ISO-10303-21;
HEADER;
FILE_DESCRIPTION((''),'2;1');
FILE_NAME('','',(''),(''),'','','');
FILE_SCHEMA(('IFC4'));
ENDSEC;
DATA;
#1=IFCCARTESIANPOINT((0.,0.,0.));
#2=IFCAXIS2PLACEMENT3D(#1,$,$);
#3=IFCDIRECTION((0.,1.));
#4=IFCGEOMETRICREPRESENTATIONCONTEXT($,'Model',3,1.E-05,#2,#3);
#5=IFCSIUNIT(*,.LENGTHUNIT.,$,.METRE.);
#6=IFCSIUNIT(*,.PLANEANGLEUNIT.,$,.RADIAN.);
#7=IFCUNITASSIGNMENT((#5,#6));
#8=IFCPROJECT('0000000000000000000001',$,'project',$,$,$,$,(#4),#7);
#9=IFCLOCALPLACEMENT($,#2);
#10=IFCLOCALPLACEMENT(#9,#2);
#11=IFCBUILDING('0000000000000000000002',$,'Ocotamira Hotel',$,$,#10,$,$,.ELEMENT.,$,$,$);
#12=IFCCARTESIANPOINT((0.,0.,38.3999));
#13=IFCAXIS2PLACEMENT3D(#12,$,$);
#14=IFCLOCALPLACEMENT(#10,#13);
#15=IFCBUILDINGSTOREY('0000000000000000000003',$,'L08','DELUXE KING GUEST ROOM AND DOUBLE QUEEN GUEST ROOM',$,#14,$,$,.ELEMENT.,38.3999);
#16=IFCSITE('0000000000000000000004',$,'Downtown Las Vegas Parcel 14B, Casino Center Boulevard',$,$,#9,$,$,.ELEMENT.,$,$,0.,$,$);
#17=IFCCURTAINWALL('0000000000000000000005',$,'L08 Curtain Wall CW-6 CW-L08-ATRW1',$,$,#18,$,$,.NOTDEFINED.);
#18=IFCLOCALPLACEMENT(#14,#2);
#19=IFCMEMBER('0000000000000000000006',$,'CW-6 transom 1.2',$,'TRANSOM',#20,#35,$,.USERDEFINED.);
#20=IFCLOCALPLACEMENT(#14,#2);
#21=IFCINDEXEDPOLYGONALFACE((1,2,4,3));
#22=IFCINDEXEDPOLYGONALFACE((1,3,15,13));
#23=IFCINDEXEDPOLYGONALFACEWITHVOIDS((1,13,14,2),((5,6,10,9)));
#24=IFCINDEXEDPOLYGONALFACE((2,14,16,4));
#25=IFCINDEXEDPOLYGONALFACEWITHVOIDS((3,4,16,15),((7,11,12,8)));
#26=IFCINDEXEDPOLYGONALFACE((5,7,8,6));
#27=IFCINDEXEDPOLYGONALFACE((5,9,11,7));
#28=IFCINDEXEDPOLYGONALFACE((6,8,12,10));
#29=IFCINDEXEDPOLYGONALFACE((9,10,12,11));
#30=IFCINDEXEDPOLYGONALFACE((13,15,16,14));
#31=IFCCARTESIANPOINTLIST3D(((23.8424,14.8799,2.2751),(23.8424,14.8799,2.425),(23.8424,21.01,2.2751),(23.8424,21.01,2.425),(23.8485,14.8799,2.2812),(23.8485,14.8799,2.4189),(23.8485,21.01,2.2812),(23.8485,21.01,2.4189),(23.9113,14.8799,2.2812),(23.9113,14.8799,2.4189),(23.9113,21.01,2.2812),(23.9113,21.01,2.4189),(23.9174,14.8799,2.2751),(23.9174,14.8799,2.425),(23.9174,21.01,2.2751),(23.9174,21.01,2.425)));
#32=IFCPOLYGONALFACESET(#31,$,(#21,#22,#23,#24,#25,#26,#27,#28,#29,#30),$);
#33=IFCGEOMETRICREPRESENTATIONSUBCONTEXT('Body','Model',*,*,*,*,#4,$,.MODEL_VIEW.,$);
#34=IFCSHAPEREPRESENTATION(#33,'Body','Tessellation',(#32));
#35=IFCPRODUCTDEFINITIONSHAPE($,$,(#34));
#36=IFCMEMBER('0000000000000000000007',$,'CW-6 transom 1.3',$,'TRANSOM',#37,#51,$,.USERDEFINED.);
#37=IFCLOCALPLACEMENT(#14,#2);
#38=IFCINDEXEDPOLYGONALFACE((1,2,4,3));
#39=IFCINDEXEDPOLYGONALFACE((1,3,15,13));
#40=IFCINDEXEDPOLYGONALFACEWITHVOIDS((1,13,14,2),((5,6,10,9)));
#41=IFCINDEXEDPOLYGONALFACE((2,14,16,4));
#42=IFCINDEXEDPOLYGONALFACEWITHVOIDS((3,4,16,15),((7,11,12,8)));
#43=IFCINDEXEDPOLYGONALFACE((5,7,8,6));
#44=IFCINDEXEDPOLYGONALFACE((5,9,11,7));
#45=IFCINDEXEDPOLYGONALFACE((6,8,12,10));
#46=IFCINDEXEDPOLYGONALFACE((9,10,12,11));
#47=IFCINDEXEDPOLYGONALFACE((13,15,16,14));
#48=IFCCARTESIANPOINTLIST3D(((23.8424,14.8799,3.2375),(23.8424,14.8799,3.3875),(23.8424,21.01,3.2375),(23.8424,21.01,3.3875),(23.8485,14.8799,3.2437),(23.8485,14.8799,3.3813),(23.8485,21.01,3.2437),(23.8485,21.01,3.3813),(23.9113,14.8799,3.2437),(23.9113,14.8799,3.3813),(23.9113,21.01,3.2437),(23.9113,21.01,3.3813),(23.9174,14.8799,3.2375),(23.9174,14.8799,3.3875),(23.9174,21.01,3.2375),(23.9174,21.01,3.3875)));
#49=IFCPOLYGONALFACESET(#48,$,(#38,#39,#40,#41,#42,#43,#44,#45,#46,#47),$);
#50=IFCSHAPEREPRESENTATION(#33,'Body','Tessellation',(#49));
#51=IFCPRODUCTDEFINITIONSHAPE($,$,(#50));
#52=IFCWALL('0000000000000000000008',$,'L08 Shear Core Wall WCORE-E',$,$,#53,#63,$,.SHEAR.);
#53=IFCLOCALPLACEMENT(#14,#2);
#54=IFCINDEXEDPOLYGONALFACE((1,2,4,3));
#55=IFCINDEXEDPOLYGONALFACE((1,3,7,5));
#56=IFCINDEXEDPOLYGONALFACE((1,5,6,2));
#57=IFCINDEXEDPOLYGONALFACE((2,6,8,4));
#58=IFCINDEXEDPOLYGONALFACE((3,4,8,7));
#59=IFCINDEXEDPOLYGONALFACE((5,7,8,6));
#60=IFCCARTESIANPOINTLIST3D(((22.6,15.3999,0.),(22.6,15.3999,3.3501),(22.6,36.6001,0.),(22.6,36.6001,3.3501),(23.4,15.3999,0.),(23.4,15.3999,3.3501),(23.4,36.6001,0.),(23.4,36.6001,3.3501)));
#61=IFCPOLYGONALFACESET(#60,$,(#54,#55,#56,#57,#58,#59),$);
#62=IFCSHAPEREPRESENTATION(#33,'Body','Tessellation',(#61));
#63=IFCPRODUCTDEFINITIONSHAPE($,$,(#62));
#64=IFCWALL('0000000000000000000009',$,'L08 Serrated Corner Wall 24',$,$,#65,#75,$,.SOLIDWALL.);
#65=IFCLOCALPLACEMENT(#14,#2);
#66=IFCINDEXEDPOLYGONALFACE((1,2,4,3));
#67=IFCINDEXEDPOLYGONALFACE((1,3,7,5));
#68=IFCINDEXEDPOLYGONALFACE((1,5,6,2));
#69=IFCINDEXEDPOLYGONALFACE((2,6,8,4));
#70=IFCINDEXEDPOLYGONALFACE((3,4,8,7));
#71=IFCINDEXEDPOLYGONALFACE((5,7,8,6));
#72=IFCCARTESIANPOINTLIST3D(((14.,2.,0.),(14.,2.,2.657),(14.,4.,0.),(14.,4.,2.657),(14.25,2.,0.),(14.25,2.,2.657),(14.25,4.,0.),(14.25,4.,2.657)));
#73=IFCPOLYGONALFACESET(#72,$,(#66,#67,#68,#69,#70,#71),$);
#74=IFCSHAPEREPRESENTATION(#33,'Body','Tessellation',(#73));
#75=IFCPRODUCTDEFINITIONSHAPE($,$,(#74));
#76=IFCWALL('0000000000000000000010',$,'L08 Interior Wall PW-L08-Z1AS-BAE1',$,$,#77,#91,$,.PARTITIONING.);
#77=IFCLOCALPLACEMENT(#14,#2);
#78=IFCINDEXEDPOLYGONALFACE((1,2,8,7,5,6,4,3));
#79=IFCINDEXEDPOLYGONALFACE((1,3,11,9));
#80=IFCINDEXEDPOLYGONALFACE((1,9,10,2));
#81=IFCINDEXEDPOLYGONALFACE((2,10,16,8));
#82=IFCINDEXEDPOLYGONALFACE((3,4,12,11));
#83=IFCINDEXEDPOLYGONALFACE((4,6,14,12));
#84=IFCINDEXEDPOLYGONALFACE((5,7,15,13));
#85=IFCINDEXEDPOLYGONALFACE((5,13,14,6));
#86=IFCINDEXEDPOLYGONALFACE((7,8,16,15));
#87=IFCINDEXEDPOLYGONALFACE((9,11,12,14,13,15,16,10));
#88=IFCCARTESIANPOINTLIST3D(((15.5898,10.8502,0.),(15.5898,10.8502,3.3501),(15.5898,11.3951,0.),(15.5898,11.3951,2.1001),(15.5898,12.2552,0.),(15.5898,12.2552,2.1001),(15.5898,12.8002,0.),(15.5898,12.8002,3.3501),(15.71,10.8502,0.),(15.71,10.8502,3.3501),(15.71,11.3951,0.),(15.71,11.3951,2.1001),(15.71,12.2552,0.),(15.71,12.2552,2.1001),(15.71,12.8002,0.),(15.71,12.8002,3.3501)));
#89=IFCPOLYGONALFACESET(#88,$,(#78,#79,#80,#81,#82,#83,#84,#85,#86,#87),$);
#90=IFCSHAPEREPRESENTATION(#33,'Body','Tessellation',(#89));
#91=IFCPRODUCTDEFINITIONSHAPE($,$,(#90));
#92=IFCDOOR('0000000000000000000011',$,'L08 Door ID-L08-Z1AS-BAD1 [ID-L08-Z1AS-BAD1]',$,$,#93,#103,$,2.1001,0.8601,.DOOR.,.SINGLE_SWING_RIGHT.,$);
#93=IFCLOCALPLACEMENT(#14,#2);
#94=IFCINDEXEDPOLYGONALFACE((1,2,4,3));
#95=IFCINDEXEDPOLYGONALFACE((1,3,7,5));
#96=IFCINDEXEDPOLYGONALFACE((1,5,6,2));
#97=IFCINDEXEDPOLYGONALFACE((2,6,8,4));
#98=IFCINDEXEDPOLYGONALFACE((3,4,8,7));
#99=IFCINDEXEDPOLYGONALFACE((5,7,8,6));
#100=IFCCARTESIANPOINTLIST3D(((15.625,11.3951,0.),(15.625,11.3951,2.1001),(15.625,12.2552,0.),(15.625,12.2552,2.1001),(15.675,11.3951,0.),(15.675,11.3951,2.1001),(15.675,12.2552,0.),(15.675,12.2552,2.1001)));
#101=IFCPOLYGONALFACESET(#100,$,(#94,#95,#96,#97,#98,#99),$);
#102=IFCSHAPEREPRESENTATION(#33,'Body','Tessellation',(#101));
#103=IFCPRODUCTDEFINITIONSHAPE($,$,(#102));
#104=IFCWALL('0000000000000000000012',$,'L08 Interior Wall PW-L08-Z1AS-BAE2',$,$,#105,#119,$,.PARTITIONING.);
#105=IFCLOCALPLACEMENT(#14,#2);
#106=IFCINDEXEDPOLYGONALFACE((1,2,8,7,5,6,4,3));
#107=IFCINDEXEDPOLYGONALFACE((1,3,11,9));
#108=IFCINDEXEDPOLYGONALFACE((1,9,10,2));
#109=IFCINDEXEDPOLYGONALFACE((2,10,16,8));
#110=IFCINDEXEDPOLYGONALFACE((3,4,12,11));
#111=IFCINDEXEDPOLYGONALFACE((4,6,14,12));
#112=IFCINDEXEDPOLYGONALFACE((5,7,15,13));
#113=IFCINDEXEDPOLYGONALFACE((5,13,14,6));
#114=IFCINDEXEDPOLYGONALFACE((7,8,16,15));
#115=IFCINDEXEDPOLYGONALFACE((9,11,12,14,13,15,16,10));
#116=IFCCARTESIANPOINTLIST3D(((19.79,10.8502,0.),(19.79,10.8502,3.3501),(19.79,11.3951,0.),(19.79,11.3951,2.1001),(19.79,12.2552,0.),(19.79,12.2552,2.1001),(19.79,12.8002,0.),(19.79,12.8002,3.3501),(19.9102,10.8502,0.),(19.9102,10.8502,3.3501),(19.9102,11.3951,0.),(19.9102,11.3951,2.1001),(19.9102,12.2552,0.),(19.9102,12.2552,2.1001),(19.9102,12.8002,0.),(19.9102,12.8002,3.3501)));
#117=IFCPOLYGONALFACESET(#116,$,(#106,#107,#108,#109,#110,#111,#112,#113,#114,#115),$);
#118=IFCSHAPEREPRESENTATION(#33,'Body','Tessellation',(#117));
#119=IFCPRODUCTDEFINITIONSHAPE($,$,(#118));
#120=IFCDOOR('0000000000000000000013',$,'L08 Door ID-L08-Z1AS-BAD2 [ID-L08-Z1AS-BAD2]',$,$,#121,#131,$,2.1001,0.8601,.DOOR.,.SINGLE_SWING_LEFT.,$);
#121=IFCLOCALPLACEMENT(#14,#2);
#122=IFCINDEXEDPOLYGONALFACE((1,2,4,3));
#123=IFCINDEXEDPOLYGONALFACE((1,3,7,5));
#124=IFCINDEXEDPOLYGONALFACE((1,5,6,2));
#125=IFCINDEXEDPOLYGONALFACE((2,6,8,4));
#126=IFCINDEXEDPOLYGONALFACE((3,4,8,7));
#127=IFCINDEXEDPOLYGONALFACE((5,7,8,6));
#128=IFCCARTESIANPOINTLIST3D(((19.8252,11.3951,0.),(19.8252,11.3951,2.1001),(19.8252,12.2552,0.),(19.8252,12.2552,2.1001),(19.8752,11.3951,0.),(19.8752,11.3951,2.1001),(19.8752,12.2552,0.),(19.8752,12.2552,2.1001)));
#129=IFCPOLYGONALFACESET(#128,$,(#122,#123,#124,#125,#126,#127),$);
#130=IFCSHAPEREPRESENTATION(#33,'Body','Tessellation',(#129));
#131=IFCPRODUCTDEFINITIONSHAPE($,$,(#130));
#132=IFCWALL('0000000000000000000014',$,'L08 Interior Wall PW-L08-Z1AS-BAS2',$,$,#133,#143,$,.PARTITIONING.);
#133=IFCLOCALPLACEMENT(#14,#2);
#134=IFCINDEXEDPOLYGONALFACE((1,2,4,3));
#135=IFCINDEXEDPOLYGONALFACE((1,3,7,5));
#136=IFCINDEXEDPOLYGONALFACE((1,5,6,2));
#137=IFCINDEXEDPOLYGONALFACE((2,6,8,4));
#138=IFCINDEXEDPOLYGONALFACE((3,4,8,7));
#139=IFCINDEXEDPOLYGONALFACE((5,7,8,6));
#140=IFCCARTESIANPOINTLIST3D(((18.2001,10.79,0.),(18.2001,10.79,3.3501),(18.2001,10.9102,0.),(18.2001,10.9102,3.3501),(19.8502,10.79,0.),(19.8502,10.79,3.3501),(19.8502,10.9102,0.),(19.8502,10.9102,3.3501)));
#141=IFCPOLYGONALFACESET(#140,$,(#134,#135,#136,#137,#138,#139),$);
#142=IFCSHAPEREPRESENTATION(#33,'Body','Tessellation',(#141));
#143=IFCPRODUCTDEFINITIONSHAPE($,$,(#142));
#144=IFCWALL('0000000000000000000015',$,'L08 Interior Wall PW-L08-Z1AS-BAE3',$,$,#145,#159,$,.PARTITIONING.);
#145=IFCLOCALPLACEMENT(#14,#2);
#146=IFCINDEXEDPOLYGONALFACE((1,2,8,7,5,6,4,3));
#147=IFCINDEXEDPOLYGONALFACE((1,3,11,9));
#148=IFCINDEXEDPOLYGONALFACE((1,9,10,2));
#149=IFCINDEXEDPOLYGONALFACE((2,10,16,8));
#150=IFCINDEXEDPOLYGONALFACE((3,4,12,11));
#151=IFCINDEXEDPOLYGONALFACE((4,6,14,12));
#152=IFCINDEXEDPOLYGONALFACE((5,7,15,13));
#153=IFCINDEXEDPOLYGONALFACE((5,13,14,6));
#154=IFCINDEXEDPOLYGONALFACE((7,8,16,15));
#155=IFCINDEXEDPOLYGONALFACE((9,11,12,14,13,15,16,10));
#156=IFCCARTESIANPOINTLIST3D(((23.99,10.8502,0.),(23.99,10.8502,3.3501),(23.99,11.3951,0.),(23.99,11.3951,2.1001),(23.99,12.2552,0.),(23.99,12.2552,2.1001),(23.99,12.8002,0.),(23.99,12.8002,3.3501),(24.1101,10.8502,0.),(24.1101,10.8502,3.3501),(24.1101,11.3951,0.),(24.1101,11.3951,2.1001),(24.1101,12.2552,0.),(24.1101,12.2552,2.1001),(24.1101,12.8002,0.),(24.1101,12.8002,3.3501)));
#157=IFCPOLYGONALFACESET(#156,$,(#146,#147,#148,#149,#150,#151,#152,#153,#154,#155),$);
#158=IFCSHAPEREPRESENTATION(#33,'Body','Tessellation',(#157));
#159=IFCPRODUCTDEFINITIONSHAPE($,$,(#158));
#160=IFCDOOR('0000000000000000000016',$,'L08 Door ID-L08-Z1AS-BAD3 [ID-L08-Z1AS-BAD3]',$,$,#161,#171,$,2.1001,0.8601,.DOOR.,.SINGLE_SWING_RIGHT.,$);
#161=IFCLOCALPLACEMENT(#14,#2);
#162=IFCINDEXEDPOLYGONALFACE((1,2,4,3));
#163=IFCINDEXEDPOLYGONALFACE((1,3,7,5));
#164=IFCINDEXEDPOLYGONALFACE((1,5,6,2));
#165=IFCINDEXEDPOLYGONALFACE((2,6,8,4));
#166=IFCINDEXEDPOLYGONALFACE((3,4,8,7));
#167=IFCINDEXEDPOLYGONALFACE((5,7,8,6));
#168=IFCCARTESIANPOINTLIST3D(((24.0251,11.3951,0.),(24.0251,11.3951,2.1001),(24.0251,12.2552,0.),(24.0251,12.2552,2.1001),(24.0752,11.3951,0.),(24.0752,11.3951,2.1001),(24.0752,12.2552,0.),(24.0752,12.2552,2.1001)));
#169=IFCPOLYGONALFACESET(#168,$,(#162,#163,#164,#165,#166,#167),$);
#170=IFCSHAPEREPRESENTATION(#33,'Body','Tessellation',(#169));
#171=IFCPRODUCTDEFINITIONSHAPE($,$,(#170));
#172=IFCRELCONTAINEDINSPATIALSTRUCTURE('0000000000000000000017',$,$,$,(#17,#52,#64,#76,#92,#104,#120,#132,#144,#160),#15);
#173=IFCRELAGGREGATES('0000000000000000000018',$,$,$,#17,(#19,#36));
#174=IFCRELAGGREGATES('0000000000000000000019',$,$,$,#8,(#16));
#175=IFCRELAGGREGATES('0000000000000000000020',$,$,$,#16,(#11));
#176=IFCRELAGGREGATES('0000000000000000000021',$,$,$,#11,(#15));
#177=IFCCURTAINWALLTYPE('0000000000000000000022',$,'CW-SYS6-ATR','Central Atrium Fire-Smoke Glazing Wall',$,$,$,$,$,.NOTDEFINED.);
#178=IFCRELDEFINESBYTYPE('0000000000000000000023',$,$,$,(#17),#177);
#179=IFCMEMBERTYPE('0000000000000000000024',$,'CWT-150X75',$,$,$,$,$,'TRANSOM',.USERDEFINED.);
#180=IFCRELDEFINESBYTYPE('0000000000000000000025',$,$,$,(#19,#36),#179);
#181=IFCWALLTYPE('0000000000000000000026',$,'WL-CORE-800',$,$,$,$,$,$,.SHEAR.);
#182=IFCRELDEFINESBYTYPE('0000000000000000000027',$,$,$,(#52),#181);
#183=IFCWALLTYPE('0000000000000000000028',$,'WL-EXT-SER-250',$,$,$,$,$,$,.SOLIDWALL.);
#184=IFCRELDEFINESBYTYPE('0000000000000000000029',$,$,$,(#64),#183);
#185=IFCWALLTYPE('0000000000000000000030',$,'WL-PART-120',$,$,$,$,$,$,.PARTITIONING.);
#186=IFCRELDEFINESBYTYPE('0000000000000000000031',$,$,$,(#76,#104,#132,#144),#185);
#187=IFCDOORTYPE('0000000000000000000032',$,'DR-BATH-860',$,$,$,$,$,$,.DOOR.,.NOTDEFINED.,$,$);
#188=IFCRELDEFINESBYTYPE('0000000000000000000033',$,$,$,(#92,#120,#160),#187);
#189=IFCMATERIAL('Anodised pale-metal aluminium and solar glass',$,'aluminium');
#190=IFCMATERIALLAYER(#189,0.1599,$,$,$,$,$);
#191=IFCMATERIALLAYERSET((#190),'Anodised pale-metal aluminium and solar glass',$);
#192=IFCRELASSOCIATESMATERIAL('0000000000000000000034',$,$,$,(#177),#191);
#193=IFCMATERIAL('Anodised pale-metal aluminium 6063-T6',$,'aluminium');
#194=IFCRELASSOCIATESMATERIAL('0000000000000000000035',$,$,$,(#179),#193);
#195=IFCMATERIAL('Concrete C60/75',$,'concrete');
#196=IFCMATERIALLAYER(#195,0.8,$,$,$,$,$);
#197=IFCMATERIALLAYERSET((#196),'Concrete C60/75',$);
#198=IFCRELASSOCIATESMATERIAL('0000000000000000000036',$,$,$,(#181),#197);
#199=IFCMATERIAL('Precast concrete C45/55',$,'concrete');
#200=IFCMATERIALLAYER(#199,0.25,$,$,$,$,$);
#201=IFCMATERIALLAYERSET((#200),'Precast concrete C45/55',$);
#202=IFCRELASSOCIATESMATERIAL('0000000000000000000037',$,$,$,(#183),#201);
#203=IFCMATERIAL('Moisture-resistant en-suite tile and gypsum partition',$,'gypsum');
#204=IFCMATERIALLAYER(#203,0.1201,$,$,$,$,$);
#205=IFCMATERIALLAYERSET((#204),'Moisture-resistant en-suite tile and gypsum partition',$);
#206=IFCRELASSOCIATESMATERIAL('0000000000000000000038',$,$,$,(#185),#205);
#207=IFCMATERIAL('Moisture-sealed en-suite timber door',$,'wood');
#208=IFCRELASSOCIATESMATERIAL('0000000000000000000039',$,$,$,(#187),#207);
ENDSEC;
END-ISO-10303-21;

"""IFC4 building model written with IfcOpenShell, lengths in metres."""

from ifc_helpers import new_model, si_unit, direction, frame, frame_2d, origin, origin_2d, place, context, subcontext, project, spatial, rectangle, hollow_rectangle, extrude, source, transform, mapped, material, layer, layer_set, material_profile, profile_set, type_object, element, fill, aggregate, save


model = new_model("IFC4")

# Units and contexts
model_context = context("Model", 3, precision=1e-05, world=origin(), true_north=direction((0.0, 1.0)))
body_context = subcontext(model_context, "Body", "Model", "MODEL_VIEW")
ifc_project = project(units=[si_unit("LENGTHUNIT", "METRE"), si_unit("PLANEANGLEUNIT", "RADIAN")], contexts=[model_context])

# Site, building, storey
site_placement = place(None, origin())
site = spatial("IfcSite", under=ifc_project, at=site_placement, Name="Downtown Las Vegas Parcel 14B, Casino Center Boulevard", CompositionType="ELEMENT", RefElevation=0.0)
building_placement = place(site_placement, origin())
building = spatial("IfcBuilding", under=site, at=building_placement, Name="Ocotamira Hotel", CompositionType="ELEMENT")
storey_placement = place(building_placement, frame((0.0, 0.0, 38.3999)))
storey = spatial("IfcBuildingStorey", under=building, at=storey_placement, Name="L08", Description="DELUXE KING GUEST ROOM AND DOUBLE QUEEN GUEST ROOM", CompositionType="ELEMENT", Elevation=38.3999)

# Curtain wall, members
ifc_material_1 = material(Name="Anodised pale-metal aluminium and solar glass", Category="aluminium")
ifc_layer_1 = layer(ifc_material_1, 0.1599)
ifc_layer_set_1 = layer_set([ifc_layer_1], Name="Anodised pale-metal aluminium and solar glass")
curtain_wall_type = type_object("IfcCurtainWallType", Name="CW-SYS6-ATR", Description="Central Atrium Fire-Smoke Glazing Wall", PredefinedType="NOTDEFINED", material=ifc_layer_set_1)
curtain_wall_placement = place(storey_placement, origin())
curtain_wall = element("IfcCurtainWall", 1, at=curtain_wall_placement, inside=storey, type_object=curtain_wall_type, Name="L08 Curtain Wall CW-6 CW-L08-ATRW1", PredefinedType="NOTDEFINED")
ifc_material_2 = material(Name="Anodised pale-metal aluminium 6063-T6", Category="aluminium")
ifc_material_profile_1 = material_profile(ifc_material_2, hollow_rectangle(XDim=0.075, YDim=0.1499, WallThickness=0.0061, at=origin_2d()), Name="HSS150X75X6")
ifc_profile_set_1 = profile_set([ifc_material_profile_1], Name="Anodised pale-metal aluminium 6063-T6")
member_type_1 = type_object("IfcMemberType", Name="CWT-150X75", ElementType="TRANSOM", PredefinedType="USERDEFINED", material=ifc_profile_set_1)
shared_shape_1 = source(origin(), body_context, "Body", "SweptSolid", [
    extrude(hollow_rectangle(XDim=0.075, YDim=0.1499, WallThickness=0.0061, at=origin_2d()), origin(), (0.0, 0.0, 1.0), 6.1301),
])
member_1_placement = place(storey_placement, frame((23.8799, 14.8799, 2.3501), z_axis=(0.0, 1.0, 0.0), x_axis=(-1.0, 0.0, 0.0)))
member_1 = element("IfcMember", 2, at=member_1_placement, type_object=member_type_1, Name="CW-6 transom 1.2", ObjectType="TRANSOM", PredefinedType="USERDEFINED", context=body_context, shape_type="MappedRepresentation", body=[
    mapped(shared_shape_1, transform((0.0, 0.0, 0.0), scale=1.0)),
])
member_2_placement = place(storey_placement, frame((23.8799, 14.8799, 3.3125), z_axis=(0.0, 1.0, 0.0), x_axis=(-1.0, 0.0, 0.0)))
member_2 = element("IfcMember", 3, at=member_2_placement, type_object=member_type_1, Name="CW-6 transom 1.3", ObjectType="TRANSOM", PredefinedType="USERDEFINED", context=body_context, shape_type="MappedRepresentation", body=[
    mapped(shared_shape_1, transform((0.0, 0.0, 0.0), scale=1.0)),
])
aggregate(curtain_wall, [member_1, member_2])

# Walls
ifc_material_3 = material(Name="Concrete C60/75", Category="concrete")
ifc_layer_2 = layer(ifc_material_3, 0.8)
ifc_layer_set_2 = layer_set([ifc_layer_2], Name="Concrete C60/75")
wall_type_1 = type_object("IfcWallType", Name="WL-CORE-800", PredefinedType="SHEAR", material=ifc_layer_set_2)
wall_1_placement = place(storey_placement, frame((23.0, 15.3999, 0.0), z_axis=(0.0, 0.0, 1.0), x_axis=(0.0, 1.0, 0.0)))
element("IfcWall", 4, at=wall_1_placement, inside=storey, type_object=wall_type_1, Name="L08 Shear Core Wall WCORE-E", PredefinedType="SHEAR", context=body_context, shape_type="SweptSolid", body=[
    extrude(rectangle(XDim=21.2002, YDim=0.8, at=frame_2d((10.6001, 0.0))), origin(), (0.0, 0.0, 1.0), 3.3501),
])
ifc_material_4 = material(Name="Precast concrete C45/55", Category="concrete")
ifc_layer_3 = layer(ifc_material_4, 0.25)
ifc_layer_set_3 = layer_set([ifc_layer_3], Name="Precast concrete C45/55")
wall_type_2 = type_object("IfcWallType", Name="WL-EXT-SER-250", PredefinedType="SOLIDWALL", material=ifc_layer_set_3)
wall_2_placement = place(storey_placement, frame((14.125, 4.0, 0.0), z_axis=(0.0, 0.0, 1.0), x_axis=(0.0, -1.0, 0.0)))
element("IfcWall", 5, at=wall_2_placement, inside=storey, type_object=wall_type_2, Name="L08 Serrated Corner Wall 24", PredefinedType="SOLIDWALL", context=body_context, shape_type="SweptSolid", body=[
    extrude(rectangle(XDim=2.0, YDim=0.25, at=frame_2d((1.0, 0.0))), origin(), (0.0, 0.0, 1.0), 2.657),
])

# Walls, openings, doors
ifc_material_5 = material(Name="Moisture-resistant en-suite tile and gypsum partition", Category="gypsum")
ifc_layer_4 = layer(ifc_material_5, 0.1201)
ifc_layer_set_4 = layer_set([ifc_layer_4], Name="Moisture-resistant en-suite tile and gypsum partition")
wall_type_3 = type_object("IfcWallType", Name="WL-PART-120", PredefinedType="PARTITIONING", material=ifc_layer_set_4)
wall_3_placement = place(storey_placement, frame((15.6499, 10.8501, 0.0), z_axis=(0.0, 0.0, 1.0), x_axis=(0.0, 1.0, 0.0)))
wall_3 = element("IfcWall", 6, at=wall_3_placement, inside=storey, type_object=wall_type_3, Name="L08 Interior Wall PW-L08-Z1AS-BAE1", PredefinedType="PARTITIONING", context=body_context, shape_type="SweptSolid", body=[
    extrude(rectangle(XDim=1.95, YDim=0.1201, at=frame_2d((0.9751, 0.0))), origin(), (0.0, 0.0, 1.0), 3.3501),
])
opening_1_placement = place(wall_3_placement, frame((0.5449, 0.0, 0.0)))
opening_1 = element("IfcOpeningElement", 7, at=opening_1_placement, cuts=wall_3, PredefinedType="OPENING", context=body_context, shape_type="SweptSolid", body=[
    extrude(rectangle(XDim=0.8601, YDim=2.1001, at=frame_2d((0.4302, 1.05))), frame((0.0, 0.0701, 0.0), z_axis=(0.0, -1.0, 0.0), x_axis=(1.0, 0.0, 0.0)), (0.0, 0.0, 1.0), 0.1401),
])
ifc_material_6 = material(Name="Moisture-sealed en-suite timber door", Category="wood")
door_type = type_object("IfcDoorType", Name="DR-BATH-860", OperationType="NOTDEFINED", PredefinedType="DOOR", material=ifc_material_6)
shared_shape_2 = source(origin(), body_context, "Body", "SweptSolid", [
    extrude(rectangle(XDim=0.8601, YDim=2.1001, at=frame_2d((0.4302, 1.05))), frame((0.0, 0.0249, 0.0), z_axis=(0.0, -1.0, 0.0), x_axis=(1.0, 0.0, 0.0)), (0.0, 0.0, 1.0), 0.05),
])
door_1_placement = place(opening_1_placement, origin())
door_1 = element("IfcDoor", 8, at=door_1_placement, inside=storey, type_object=door_type, Name="L08 Door ID-L08-Z1AS-BAD1 [ID-L08-Z1AS-BAD1]", OperationType="SINGLE_SWING_RIGHT", OverallHeight=2.1001, OverallWidth=0.8601, PredefinedType="DOOR", context=body_context, shape_type="MappedRepresentation", body=[
    mapped(shared_shape_2, transform((0.0, 0.0, 0.0), scale=1.0)),
])
fill(opening_1, door_1)
wall_4_placement = place(storey_placement, frame((19.8501, 10.8501, 0.0), z_axis=(0.0, 0.0, 1.0), x_axis=(0.0, 1.0, 0.0)))
wall_4 = element("IfcWall", 9, at=wall_4_placement, inside=storey, type_object=wall_type_3, Name="L08 Interior Wall PW-L08-Z1AS-BAE2", PredefinedType="PARTITIONING", context=body_context, shape_type="SweptSolid", body=[
    extrude(rectangle(XDim=1.95, YDim=0.1201, at=frame_2d((0.9751, 0.0))), origin(), (0.0, 0.0, 1.0), 3.3501),
])
opening_2_placement = place(wall_4_placement, frame((0.5449, 0.0, 0.0)))
opening_2 = element("IfcOpeningElement", 10, at=opening_2_placement, cuts=wall_4, PredefinedType="OPENING", context=body_context, shape_type="SweptSolid", body=[
    extrude(rectangle(XDim=0.8601, YDim=2.1001, at=frame_2d((0.4302, 1.05))), frame((0.0, 0.0701, 0.0), z_axis=(0.0, -1.0, 0.0), x_axis=(1.0, 0.0, 0.0)), (0.0, 0.0, 1.0), 0.1401),
])
door_2_placement = place(opening_2_placement, origin())
door_2 = element("IfcDoor", 11, at=door_2_placement, inside=storey, type_object=door_type, Name="L08 Door ID-L08-Z1AS-BAD2 [ID-L08-Z1AS-BAD2]", OperationType="SINGLE_SWING_LEFT", OverallHeight=2.1001, OverallWidth=0.8601, PredefinedType="DOOR", context=body_context, shape_type="MappedRepresentation", body=[
    mapped(shared_shape_2, transform((0.0, 0.0, 0.0), scale=1.0)),
])
fill(opening_2, door_2)

# Wall
wall_5_placement = place(storey_placement, frame((18.2, 10.8501, 0.0), z_axis=(0.0, 0.0, 1.0), x_axis=(1.0, 0.0, 0.0)))
element("IfcWall", 12, at=wall_5_placement, inside=storey, type_object=wall_type_3, Name="L08 Interior Wall PW-L08-Z1AS-BAS2", PredefinedType="PARTITIONING", context=body_context, shape_type="SweptSolid", body=[
    extrude(rectangle(XDim=1.6501, YDim=0.1201, at=frame_2d((0.8252, 0.0))), origin(), (0.0, 0.0, 1.0), 3.3501),
])

# Wall, opening, door
wall_6_placement = place(storey_placement, frame((24.05, 10.8501, 0.0), z_axis=(0.0, 0.0, 1.0), x_axis=(0.0, 1.0, 0.0)))
wall_6 = element("IfcWall", 13, at=wall_6_placement, inside=storey, type_object=wall_type_3, Name="L08 Interior Wall PW-L08-Z1AS-BAE3", PredefinedType="PARTITIONING", context=body_context, shape_type="SweptSolid", body=[
    extrude(rectangle(XDim=1.95, YDim=0.1201, at=frame_2d((0.9751, 0.0))), origin(), (0.0, 0.0, 1.0), 3.3501),
])
opening_3_placement = place(wall_6_placement, frame((0.5449, 0.0, 0.0)))
opening_3 = element("IfcOpeningElement", 14, at=opening_3_placement, cuts=wall_6, PredefinedType="OPENING", context=body_context, shape_type="SweptSolid", body=[
    extrude(rectangle(XDim=0.8601, YDim=2.1001, at=frame_2d((0.4302, 1.05))), frame((0.0, 0.0701, 0.0), z_axis=(0.0, -1.0, 0.0), x_axis=(1.0, 0.0, 0.0)), (0.0, 0.0, 1.0), 0.1401),
])
door_3_placement = place(opening_3_placement, origin())
door_3 = element("IfcDoor", 15, at=door_3_placement, inside=storey, type_object=door_type, Name="L08 Door ID-L08-Z1AS-BAD3 [ID-L08-Z1AS-BAD3]", OperationType="SINGLE_SWING_RIGHT", OverallHeight=2.1001, OverallWidth=0.8601, PredefinedType="DOOR", context=body_context, shape_type="MappedRepresentation", body=[
    mapped(shared_shape_2, transform((0.0, 0.0, 0.0), scale=1.0)),
])
fill(opening_3, door_3)

save(model, "model.ifc")
